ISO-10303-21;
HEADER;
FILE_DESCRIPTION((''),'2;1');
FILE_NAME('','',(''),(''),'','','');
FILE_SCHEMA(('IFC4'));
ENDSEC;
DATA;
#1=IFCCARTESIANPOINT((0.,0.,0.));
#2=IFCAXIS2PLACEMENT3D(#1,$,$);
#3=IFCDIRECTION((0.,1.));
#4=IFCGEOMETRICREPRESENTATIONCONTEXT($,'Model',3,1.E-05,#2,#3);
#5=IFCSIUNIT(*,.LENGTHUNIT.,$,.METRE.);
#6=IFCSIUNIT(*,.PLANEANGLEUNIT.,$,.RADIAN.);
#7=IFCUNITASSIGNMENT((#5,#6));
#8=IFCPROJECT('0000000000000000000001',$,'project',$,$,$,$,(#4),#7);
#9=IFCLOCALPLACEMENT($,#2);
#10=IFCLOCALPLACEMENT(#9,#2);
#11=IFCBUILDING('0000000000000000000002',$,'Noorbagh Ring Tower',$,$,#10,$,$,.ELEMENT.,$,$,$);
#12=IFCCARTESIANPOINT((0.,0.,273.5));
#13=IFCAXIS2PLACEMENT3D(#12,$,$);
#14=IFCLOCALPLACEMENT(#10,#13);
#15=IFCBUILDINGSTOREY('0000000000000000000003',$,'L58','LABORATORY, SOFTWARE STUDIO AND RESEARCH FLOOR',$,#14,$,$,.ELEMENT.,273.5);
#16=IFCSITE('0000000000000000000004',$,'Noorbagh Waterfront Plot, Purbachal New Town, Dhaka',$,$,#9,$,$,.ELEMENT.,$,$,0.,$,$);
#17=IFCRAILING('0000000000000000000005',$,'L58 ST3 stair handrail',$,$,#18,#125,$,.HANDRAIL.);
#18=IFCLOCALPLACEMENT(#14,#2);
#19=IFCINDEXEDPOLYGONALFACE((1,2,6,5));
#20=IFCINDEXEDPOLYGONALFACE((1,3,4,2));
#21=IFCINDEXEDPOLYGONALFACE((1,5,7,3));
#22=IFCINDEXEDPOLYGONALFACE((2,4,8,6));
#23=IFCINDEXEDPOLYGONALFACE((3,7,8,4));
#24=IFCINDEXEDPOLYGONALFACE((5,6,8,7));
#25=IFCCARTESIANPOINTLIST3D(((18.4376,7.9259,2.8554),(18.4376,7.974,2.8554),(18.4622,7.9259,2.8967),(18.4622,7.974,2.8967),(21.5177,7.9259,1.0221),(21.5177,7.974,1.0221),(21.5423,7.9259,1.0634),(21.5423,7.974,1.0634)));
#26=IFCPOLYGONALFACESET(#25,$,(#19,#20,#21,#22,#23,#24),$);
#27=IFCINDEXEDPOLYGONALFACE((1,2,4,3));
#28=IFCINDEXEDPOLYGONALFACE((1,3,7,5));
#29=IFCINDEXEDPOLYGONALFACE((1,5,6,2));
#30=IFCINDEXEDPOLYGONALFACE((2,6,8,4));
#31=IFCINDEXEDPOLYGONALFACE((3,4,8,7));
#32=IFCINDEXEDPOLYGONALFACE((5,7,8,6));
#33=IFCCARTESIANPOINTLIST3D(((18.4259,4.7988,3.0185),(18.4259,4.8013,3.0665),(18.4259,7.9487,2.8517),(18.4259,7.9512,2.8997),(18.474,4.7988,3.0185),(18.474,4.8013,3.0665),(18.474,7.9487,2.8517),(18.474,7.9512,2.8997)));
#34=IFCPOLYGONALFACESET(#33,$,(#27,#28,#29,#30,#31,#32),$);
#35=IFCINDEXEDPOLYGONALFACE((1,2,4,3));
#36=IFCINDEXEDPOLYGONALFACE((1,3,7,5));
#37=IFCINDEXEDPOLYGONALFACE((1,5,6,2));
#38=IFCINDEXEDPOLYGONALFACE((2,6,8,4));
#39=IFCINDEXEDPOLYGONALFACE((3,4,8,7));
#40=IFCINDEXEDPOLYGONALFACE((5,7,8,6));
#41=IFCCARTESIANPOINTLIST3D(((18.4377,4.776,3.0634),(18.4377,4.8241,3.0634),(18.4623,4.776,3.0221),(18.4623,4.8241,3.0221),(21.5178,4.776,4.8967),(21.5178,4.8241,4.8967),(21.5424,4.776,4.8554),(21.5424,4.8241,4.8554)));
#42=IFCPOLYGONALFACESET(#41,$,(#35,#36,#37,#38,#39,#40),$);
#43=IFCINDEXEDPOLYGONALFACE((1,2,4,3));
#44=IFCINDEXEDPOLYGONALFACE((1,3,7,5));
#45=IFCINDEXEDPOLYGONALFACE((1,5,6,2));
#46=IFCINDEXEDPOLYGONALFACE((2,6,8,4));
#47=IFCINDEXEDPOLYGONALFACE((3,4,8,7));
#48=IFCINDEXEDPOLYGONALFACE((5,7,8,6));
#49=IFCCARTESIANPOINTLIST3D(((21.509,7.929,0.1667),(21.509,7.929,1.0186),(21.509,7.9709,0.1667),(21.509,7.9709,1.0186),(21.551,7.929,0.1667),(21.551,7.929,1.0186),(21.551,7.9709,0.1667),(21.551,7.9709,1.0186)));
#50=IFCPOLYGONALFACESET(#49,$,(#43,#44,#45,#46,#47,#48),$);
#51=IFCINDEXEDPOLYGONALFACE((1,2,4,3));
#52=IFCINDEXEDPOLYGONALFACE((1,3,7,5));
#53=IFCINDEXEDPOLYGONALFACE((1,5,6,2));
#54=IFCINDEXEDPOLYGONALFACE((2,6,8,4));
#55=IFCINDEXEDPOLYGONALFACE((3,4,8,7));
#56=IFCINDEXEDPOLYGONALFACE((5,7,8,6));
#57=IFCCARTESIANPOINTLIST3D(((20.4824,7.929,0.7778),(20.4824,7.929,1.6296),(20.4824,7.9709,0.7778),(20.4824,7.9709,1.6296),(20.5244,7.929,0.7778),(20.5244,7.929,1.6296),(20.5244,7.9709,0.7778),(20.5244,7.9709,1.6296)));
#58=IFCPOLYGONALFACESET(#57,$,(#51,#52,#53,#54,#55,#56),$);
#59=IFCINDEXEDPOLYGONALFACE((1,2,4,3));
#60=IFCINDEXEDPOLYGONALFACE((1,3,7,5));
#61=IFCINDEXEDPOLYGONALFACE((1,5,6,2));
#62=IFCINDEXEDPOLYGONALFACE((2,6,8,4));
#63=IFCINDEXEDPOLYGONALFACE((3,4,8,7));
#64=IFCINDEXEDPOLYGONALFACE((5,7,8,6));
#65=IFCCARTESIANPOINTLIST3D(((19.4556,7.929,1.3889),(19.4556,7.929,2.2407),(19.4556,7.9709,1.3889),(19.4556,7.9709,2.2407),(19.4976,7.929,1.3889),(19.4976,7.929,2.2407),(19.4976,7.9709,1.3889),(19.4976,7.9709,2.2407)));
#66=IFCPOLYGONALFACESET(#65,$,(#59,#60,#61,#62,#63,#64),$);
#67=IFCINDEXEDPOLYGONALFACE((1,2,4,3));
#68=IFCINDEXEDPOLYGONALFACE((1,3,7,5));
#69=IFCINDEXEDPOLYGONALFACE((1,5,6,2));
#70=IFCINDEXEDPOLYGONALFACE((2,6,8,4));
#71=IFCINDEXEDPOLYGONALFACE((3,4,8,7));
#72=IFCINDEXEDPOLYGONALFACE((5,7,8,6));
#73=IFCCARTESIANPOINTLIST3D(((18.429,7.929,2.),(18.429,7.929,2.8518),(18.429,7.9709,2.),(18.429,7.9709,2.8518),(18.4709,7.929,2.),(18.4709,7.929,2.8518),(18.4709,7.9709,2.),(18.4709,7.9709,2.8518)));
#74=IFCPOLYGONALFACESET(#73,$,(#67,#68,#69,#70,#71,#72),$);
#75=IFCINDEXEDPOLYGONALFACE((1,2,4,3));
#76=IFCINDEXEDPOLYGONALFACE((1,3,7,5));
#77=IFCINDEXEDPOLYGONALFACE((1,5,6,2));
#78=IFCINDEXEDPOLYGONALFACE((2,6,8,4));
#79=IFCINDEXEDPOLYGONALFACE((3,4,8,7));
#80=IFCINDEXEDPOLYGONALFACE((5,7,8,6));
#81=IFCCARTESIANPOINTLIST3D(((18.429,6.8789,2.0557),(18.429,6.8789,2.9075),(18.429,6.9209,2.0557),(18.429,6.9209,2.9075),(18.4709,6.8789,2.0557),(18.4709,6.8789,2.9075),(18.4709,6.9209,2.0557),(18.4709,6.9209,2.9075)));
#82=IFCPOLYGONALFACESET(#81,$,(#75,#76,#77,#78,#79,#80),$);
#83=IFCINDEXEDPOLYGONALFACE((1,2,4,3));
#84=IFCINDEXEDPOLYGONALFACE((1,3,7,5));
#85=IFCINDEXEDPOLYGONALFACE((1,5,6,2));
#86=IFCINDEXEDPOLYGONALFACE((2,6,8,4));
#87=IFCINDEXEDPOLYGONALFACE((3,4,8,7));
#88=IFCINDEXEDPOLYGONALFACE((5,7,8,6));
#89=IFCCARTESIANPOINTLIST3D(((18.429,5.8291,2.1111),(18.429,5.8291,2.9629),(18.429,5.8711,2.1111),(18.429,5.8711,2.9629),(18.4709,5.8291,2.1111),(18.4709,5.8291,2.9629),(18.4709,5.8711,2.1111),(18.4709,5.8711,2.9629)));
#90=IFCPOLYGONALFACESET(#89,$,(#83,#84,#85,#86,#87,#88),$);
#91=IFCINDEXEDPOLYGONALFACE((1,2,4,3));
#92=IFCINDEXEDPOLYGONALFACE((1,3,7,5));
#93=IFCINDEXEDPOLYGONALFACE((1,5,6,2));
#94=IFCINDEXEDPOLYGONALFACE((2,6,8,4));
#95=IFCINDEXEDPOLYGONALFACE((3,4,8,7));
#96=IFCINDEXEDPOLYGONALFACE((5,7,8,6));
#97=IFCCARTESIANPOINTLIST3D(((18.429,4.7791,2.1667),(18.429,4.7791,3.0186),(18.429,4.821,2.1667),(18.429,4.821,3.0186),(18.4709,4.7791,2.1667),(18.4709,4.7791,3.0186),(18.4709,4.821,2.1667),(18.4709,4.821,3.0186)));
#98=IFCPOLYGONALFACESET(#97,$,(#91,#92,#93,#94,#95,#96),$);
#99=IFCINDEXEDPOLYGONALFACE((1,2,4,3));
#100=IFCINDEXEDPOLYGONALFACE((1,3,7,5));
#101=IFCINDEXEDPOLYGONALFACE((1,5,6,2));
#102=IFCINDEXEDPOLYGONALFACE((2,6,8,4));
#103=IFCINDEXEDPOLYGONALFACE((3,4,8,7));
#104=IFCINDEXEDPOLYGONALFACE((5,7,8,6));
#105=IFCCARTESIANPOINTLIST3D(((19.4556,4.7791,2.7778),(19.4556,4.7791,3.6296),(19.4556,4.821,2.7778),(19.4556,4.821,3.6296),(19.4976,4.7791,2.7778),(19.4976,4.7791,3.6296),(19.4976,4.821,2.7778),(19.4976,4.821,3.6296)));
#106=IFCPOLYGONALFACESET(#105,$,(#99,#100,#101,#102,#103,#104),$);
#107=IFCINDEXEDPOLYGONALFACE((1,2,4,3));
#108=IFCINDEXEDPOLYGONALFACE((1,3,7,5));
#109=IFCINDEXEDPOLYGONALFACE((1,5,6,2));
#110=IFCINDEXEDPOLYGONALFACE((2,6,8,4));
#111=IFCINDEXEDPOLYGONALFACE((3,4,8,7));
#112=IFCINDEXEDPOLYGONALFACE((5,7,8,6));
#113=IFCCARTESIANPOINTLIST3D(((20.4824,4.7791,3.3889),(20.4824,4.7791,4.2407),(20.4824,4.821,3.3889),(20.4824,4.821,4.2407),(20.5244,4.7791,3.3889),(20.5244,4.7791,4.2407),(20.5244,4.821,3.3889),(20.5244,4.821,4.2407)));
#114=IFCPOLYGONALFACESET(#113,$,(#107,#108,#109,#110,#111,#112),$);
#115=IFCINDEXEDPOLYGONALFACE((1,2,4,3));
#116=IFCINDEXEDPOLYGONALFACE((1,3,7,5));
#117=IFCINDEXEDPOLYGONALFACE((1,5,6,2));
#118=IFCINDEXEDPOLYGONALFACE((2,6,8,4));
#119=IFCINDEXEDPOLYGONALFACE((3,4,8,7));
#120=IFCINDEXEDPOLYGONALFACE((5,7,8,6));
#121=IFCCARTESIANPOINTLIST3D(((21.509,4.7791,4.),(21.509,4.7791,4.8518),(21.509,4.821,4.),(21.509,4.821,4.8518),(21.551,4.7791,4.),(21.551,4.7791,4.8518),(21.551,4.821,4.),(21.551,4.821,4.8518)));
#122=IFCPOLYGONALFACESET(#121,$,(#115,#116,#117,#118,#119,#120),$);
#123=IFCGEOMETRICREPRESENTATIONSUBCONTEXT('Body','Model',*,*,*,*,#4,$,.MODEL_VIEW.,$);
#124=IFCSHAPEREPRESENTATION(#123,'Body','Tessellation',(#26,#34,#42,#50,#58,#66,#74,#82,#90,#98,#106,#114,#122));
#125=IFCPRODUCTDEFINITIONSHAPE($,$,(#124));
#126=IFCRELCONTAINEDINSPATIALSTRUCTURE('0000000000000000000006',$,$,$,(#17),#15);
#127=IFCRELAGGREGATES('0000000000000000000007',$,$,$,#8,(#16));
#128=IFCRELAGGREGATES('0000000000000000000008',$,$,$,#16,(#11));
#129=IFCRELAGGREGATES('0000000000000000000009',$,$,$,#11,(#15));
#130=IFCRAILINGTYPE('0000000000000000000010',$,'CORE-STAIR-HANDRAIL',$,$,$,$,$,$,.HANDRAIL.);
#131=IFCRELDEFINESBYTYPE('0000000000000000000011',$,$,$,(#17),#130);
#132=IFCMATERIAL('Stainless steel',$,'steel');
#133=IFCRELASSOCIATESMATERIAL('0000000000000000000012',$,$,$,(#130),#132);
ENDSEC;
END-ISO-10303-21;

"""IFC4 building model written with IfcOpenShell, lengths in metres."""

from ifc_helpers import new_model, si_unit, direction, frame, origin, origin_2d, place, context, subcontext, project, spatial, rectangle, extrude, material, type_object, element, save


model = new_model("IFC4")

# Units and contexts
model_context = context("Model", 3, precision=1e-05, world=origin(), true_north=direction((0.0, 1.0)))
body_context = subcontext(model_context, "Body", "Model", "MODEL_VIEW")
ifc_project = project(units=[si_unit("LENGTHUNIT", "METRE"), si_unit("PLANEANGLEUNIT", "RADIAN")], contexts=[model_context])

# Site, building, storey
site_placement = place(None, origin())
site = spatial("IfcSite", under=ifc_project, at=site_placement, Name="Noorbagh Waterfront Plot, Purbachal New Town, Dhaka", CompositionType="ELEMENT", RefElevation=0.0)
building_placement = place(site_placement, origin())
building = spatial("IfcBuilding", under=site, at=building_placement, Name="Noorbagh Ring Tower", CompositionType="ELEMENT")
storey_placement = place(building_placement, frame((0.0, 0.0, 273.5)))
storey = spatial("IfcBuildingStorey", under=building, at=storey_placement, Name="L58", Description="LABORATORY, SOFTWARE STUDIO AND RESEARCH FLOOR", CompositionType="ELEMENT", Elevation=273.5)

# Railing
ifc_material_1 = material(Name="Stainless steel", Category="steel")
railing_type_1 = type_object("IfcRailingType", Name="CORE-STAIR-HANDRAIL", PredefinedType="HANDRAIL", material=ifc_material_1)
railing_1_placement = place(storey_placement, frame((21.53, 7.95, 0.1667)))
element("IfcRailing", 1, at=railing_1_placement, inside=storey, type_object=railing_type_1, Name="L58 ST3 stair handrail", PredefinedType="HANDRAIL", context=body_context, shape_type="SweptSolid", body=[
    extrude(rectangle(XDim=0.0481, YDim=0.0481, at=origin_2d()), frame((0.0, 0.0, 0.876), z_axis=(-0.859309, 0.0, 0.511458), x_axis=(0.0, -1.0, 0.0)), (0.0, 0.0, 1.0), 3.5845),
    extrude(rectangle(XDim=0.0481, YDim=0.0481, at=origin_2d()), frame((-3.0801, 0.0, 2.709), z_axis=(0.0, -0.998602, 0.052864), x_axis=(1.0, 0.0, 0.0)), (0.0, 0.0, 1.0), 3.1543),
    extrude(rectangle(XDim=0.0481, YDim=0.0481, at=origin_2d()), frame((-3.0801, -3.1499, 2.876), z_axis=(0.859309, 0.0, 0.511458), x_axis=(0.0, 1.0, 0.0)), (0.0, 0.0, 1.0), 3.5845),
    extrude(rectangle(XDim=0.042, YDim=0.042, at=origin_2d()), origin(), (0.0, 0.0, 1.0), 0.8518),
    extrude(rectangle(XDim=0.042, YDim=0.042, at=origin_2d()), frame((-1.0266, 0.0, 0.6111)), (0.0, 0.0, 1.0), 0.8518),
    extrude(rectangle(XDim=0.042, YDim=0.042, at=origin_2d()), frame((-2.0535, 0.0, 1.2222)), (0.0, 0.0, 1.0), 0.8518),
    extrude(rectangle(XDim=0.042, YDim=0.042, at=origin_2d()), frame((-3.0801, 0.0, 1.8333)), (0.0, 0.0, 1.0), 0.8518),
    extrude(rectangle(XDim=0.042, YDim=0.042, at=origin_2d()), frame((-3.0801, -1.05, 1.8889)), (0.0, 0.0, 1.0), 0.8518),
    extrude(rectangle(XDim=0.042, YDim=0.042, at=origin_2d()), frame((-3.0801, -2.0999, 1.9443)), (0.0, 0.0, 1.0), 0.8518),
    extrude(rectangle(XDim=0.042, YDim=0.042, at=origin_2d()), frame((-3.0801, -3.1499, 2.0)), (0.0, 0.0, 1.0), 0.8518),
    extrude(rectangle(XDim=0.042, YDim=0.042, at=origin_2d()), frame((-2.0535, -3.1499, 2.6111)), (0.0, 0.0, 1.0), 0.8518),
    extrude(rectangle(XDim=0.042, YDim=0.042, at=origin_2d()), frame((-1.0266, -3.1499, 3.2222)), (0.0, 0.0, 1.0), 0.8518),
    extrude(rectangle(XDim=0.042, YDim=0.042, at=origin_2d()), frame((0.0, -3.1499, 3.8333)), (0.0, 0.0, 1.0), 0.8518),
])

save(model, "model.ifc")
